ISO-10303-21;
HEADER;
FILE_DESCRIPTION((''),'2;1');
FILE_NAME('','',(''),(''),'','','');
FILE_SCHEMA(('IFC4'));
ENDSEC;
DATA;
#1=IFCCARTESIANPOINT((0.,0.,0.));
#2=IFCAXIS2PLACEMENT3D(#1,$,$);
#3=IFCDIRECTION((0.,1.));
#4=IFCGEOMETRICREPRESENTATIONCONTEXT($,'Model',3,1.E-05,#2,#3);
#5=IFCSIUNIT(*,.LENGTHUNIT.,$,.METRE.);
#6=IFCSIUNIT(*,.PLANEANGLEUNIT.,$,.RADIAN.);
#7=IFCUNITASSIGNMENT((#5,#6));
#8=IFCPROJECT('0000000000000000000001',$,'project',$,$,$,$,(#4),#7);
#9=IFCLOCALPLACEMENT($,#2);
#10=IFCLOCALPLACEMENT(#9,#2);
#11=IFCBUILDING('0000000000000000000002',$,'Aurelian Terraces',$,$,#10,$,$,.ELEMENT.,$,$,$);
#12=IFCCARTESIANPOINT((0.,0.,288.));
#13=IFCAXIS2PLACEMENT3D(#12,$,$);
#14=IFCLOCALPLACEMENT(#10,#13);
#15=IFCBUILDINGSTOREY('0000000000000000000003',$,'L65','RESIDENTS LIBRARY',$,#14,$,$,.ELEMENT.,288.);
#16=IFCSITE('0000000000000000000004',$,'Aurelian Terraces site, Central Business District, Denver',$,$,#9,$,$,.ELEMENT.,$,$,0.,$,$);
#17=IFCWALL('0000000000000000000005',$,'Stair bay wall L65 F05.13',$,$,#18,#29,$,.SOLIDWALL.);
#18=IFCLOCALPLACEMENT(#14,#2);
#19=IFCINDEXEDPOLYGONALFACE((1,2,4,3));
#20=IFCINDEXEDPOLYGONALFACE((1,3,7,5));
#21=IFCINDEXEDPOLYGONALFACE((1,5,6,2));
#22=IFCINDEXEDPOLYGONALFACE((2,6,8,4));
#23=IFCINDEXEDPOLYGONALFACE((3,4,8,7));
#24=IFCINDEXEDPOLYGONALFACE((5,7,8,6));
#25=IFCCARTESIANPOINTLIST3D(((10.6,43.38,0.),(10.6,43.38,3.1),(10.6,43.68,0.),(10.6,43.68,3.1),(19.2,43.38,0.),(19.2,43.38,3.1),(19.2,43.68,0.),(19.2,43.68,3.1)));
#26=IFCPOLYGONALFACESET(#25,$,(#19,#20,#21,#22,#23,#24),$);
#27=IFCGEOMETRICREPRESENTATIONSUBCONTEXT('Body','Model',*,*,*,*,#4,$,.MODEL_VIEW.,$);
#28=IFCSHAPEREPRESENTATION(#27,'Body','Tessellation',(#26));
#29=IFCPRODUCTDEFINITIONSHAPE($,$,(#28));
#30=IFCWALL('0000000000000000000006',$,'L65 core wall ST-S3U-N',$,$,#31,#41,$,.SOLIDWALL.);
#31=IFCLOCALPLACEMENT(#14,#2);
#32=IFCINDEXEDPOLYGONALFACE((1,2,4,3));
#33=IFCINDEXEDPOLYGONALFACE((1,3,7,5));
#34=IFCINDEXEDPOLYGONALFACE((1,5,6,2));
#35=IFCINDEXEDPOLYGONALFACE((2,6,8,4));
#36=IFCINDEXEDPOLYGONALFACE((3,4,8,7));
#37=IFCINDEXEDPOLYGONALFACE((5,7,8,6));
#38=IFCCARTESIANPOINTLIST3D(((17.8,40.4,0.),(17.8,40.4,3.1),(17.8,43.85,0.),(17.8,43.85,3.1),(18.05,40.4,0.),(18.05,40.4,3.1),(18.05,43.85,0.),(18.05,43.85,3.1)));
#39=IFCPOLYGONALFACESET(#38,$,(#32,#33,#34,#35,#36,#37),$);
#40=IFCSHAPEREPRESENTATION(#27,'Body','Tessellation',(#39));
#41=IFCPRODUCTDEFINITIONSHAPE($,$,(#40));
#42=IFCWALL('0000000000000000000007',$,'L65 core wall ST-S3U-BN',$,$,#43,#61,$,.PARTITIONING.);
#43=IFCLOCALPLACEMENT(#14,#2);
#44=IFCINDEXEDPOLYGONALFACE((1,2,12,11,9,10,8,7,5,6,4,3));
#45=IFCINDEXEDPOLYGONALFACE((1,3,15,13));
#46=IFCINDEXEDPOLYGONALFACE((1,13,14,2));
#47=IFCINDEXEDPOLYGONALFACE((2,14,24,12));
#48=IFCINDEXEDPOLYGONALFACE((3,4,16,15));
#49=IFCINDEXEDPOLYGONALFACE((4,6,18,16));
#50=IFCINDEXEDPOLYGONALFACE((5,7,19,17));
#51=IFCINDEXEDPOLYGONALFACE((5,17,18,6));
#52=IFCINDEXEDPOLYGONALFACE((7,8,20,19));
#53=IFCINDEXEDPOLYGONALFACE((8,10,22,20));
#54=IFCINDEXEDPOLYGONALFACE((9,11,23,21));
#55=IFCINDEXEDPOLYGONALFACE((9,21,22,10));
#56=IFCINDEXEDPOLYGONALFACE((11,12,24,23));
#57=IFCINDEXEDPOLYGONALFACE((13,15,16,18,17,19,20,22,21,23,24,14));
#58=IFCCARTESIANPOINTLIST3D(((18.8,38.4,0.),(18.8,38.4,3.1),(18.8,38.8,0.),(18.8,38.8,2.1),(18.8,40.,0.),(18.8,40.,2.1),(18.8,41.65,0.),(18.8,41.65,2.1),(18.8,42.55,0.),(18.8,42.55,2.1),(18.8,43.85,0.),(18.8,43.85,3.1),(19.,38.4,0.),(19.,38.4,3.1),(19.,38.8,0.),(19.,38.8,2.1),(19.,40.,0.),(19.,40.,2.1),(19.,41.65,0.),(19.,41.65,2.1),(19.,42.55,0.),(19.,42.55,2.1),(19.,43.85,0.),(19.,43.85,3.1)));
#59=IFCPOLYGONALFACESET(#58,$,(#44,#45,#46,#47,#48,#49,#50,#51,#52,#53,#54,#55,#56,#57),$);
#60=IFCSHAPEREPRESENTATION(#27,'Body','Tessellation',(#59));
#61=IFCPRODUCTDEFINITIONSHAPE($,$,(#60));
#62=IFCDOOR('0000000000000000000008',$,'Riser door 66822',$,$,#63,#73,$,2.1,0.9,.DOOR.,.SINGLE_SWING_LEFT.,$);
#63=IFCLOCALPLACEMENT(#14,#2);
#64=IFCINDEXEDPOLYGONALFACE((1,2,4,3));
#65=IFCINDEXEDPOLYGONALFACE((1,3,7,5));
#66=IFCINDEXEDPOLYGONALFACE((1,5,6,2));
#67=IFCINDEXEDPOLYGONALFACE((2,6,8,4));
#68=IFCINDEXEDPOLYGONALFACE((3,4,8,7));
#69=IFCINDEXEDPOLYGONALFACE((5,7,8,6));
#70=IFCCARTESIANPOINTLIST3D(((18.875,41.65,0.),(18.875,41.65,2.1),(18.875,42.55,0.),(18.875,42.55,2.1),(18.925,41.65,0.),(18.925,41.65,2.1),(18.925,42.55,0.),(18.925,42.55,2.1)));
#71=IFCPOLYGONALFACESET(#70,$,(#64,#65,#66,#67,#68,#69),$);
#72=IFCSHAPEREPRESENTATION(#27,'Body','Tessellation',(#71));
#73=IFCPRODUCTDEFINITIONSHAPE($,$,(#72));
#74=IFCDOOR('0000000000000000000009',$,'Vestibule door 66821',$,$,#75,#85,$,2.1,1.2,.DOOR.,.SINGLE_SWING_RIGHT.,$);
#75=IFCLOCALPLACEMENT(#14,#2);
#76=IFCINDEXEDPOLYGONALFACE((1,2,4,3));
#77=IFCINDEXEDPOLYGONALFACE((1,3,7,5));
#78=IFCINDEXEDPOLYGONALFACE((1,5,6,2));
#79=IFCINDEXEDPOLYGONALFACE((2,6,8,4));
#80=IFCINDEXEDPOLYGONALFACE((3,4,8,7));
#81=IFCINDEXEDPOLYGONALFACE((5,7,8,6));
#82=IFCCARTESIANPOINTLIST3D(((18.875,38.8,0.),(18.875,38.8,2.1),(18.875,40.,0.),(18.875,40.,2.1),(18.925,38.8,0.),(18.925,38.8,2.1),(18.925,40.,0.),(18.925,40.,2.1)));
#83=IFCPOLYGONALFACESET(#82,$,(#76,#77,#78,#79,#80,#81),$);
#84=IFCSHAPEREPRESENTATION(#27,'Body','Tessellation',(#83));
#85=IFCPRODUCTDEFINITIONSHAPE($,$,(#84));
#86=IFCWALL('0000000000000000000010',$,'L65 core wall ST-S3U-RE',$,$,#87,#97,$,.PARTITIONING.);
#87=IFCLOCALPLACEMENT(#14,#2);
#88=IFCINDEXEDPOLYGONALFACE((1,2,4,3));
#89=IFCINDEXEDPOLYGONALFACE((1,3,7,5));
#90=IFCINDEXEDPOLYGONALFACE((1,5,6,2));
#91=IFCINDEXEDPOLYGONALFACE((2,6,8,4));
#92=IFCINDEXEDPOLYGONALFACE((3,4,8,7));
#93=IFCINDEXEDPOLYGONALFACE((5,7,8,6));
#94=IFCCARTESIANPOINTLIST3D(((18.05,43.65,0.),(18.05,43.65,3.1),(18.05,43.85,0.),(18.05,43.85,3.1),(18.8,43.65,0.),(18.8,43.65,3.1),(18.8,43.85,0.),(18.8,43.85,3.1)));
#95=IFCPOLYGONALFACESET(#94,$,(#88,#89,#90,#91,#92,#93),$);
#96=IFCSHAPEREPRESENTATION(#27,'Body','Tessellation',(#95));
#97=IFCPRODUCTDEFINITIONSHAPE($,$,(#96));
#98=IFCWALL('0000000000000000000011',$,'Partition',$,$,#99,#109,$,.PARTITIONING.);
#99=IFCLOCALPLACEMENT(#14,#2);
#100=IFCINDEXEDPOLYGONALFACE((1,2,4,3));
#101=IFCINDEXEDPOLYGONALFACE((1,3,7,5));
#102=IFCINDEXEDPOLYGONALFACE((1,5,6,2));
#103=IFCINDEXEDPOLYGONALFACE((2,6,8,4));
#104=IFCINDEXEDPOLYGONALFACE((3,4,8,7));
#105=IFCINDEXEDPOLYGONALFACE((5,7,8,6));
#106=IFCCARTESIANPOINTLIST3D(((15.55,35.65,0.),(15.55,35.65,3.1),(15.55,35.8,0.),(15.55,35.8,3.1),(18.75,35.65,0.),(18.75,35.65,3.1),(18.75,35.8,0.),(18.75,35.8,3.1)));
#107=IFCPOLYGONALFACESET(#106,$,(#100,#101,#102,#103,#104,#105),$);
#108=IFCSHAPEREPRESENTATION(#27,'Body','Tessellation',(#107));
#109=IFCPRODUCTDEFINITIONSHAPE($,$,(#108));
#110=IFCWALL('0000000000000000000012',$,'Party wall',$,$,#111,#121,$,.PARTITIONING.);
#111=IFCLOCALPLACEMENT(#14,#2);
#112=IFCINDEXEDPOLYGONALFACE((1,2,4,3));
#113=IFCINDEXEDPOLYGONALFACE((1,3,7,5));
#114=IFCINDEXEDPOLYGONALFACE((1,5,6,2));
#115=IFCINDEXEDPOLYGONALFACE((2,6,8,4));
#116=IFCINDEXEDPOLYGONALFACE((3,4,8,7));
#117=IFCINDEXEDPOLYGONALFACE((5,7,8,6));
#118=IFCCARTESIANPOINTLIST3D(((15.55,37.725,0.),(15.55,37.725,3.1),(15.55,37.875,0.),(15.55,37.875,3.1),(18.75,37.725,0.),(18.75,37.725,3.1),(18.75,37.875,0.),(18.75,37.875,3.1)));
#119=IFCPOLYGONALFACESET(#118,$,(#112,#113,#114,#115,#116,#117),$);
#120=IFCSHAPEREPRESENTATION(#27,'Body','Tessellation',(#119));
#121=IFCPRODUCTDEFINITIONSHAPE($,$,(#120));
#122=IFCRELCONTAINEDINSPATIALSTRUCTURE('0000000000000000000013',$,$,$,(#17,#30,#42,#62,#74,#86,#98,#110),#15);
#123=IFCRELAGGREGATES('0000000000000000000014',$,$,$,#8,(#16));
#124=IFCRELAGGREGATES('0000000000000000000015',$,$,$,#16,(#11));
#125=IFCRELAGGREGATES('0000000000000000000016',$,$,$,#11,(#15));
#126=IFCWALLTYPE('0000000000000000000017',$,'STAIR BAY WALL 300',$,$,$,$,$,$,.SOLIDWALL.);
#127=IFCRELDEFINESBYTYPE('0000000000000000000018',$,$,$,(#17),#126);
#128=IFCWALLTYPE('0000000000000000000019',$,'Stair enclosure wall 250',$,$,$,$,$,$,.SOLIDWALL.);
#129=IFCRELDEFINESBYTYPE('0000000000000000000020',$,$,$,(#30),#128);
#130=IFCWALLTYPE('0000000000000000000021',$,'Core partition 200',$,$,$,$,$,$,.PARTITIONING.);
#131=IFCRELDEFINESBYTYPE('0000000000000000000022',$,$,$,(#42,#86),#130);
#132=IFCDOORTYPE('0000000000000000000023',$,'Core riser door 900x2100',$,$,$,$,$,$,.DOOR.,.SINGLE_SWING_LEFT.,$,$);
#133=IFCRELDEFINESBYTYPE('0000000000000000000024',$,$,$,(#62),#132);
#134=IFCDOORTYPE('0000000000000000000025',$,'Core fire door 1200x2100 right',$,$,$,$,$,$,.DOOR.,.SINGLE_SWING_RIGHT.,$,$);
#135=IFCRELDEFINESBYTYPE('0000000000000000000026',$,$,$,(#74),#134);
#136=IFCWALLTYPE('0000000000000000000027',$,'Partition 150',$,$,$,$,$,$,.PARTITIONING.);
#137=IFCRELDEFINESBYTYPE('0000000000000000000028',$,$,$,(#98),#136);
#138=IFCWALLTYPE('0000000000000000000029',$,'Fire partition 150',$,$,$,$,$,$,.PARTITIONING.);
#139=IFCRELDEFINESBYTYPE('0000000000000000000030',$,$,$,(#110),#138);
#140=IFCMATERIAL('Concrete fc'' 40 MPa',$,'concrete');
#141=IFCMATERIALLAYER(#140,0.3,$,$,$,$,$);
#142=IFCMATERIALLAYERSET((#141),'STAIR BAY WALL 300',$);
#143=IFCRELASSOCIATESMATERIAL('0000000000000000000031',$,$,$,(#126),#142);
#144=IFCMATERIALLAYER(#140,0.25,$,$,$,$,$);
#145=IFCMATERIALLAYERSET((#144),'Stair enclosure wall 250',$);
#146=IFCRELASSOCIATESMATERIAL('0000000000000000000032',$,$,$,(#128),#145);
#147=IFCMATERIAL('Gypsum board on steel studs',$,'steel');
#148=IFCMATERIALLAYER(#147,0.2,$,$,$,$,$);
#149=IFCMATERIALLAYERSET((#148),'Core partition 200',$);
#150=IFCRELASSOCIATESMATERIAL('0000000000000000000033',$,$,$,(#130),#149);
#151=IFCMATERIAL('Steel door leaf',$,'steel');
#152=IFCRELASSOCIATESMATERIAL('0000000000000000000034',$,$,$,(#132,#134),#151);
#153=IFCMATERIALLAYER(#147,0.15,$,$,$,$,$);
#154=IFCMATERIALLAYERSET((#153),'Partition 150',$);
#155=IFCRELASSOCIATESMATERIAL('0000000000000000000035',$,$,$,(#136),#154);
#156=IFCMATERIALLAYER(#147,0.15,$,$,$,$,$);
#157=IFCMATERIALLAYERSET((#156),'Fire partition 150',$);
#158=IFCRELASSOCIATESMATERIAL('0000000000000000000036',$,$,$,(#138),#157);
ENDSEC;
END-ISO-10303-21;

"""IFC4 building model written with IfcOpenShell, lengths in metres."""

from ifc_helpers import new_model, si_unit, direction, frame, frame_2d, origin, place, context, subcontext, project, spatial, rectangle, extrude, source, transform, mapped, material, layer, layer_set, type_object, element, fill, save


model = new_model("IFC4")

# Units and contexts
model_context = context("Model", 3, precision=1e-05, world=origin(), true_north=direction((0.0, 1.0)))
body_context = subcontext(model_context, "Body", "Model", "MODEL_VIEW")
ifc_project = project(units=[si_unit("LENGTHUNIT", "METRE"), si_unit("PLANEANGLEUNIT", "RADIAN")], contexts=[model_context])

# Site, building, storey
site_placement = place(None, origin())
site = spatial("IfcSite", under=ifc_project, at=site_placement, Name="Aurelian Terraces site, Central Business District, Denver", CompositionType="ELEMENT", RefElevation=0.0)
building_placement = place(site_placement, origin())
building = spatial("IfcBuilding", under=site, at=building_placement, Name="Aurelian Terraces", CompositionType="ELEMENT")
storey_placement = place(building_placement, frame((0.0, 0.0, 288.0)))
storey = spatial("IfcBuildingStorey", under=building, at=storey_placement, Name="L65", Description="RESIDENTS LIBRARY", CompositionType="ELEMENT", Elevation=288.0)

# Shared definitions
ifc_material_1 = material(Name="Concrete fc' 40 MPa", Category="concrete")

# Walls
ifc_layer_1 = layer(ifc_material_1, 0.3)
ifc_layer_set_1 = layer_set([ifc_layer_1], Name="STAIR BAY WALL 300")
wall_type_1 = type_object("IfcWallType", Name="STAIR BAY WALL 300", PredefinedType="SOLIDWALL", material=ifc_layer_set_1)
shared_shape_1 = source(origin(), body_context, "Body", "SweptSolid", [
    extrude(rectangle(XDim=8.6, YDim=0.3, at=frame_2d((4.3, 0.0))), origin(), (0.0, 0.0, 1.0), 3.1),
])
wall_1_placement = place(storey_placement, frame((19.2, 43.53, 0.0), z_axis=(0.0, 0.0, 1.0), x_axis=(-1.0, 0.0, 0.0)))
element("IfcWall", 1, at=wall_1_placement, inside=storey, type_object=wall_type_1, Name="Stair bay wall L65 F05.13", PredefinedType="SOLIDWALL", context=body_context, shape_type="MappedRepresentation", body=[
    mapped(shared_shape_1, transform((0.0, 0.0, 0.0), scale=1.0)),
])
ifc_layer_2 = layer(ifc_material_1, 0.25)
ifc_layer_set_2 = layer_set([ifc_layer_2], Name="Stair enclosure wall 250")
wall_type_2 = type_object("IfcWallType", Name="Stair enclosure wall 250", PredefinedType="SOLIDWALL", material=ifc_layer_set_2)
shared_shape_2 = source(origin(), body_context, "Body", "SweptSolid", [
    extrude(rectangle(XDim=3.45, YDim=0.25, at=frame_2d((1.725, 0.0))), origin(), (0.0, 0.0, 1.0), 3.1),
])
wall_2_placement = place(storey_placement, frame((17.925, 40.4, 0.0), z_axis=(0.0, 0.0, 1.0), x_axis=(0.0, 1.0, 0.0)))
element("IfcWall", 2, at=wall_2_placement, inside=storey, type_object=wall_type_2, Name="L65 core wall ST-S3U-N", PredefinedType="SOLIDWALL", context=body_context, shape_type="MappedRepresentation", body=[
    mapped(shared_shape_2, transform((0.0, 0.0, 0.0), scale=1.0)),
])

# Wall, openings, doors
ifc_material_2 = material(Name="Gypsum board on steel studs", Category="steel")
ifc_layer_3 = layer(ifc_material_2, 0.2)
ifc_layer_set_3 = layer_set([ifc_layer_3], Name="Core partition 200")
wall_type_3 = type_object("IfcWallType", Name="Core partition 200", PredefinedType="PARTITIONING", material=ifc_layer_set_3)
shared_shape_3 = source(origin(), body_context, "Body", "SweptSolid", [
    extrude(rectangle(XDim=5.45, YDim=0.2, at=frame_2d((2.725, 0.0))), origin(), (0.0, 0.0, 1.0), 3.1),
])
wall_3_placement = place(storey_placement, frame((18.9, 38.4, 0.0), z_axis=(0.0, 0.0, 1.0), x_axis=(0.0, 1.0, 0.0)))
wall_3 = element("IfcWall", 3, at=wall_3_placement, inside=storey, type_object=wall_type_3, Name="L65 core wall ST-S3U-BN", PredefinedType="PARTITIONING", context=body_context, shape_type="MappedRepresentation", body=[
    mapped(shared_shape_3, transform((0.0, 0.0, 0.0), scale=1.0)),
])
shared_shape_4 = source(origin(), body_context, "Body", "SweptSolid", [
    extrude(rectangle(XDim=1.2, YDim=2.1, at=frame_2d((0.6, 1.05))), frame((0.0, 0.11, 0.0), z_axis=(0.0, -1.0, 0.0), x_axis=(1.0, 0.0, 0.0)), (0.0, 0.0, 1.0), 0.22),
])
opening_1_placement = place(wall_3_placement, frame((0.4, 0.0, 0.0)))
opening_1 = element("IfcOpeningElement", 4, at=opening_1_placement, cuts=wall_3, PredefinedType="OPENING", context=body_context, shape_type="MappedRepresentation", body=[
    mapped(shared_shape_4, transform((0.0, 0.0, 0.0), scale=1.0)),
])
shared_shape_5 = source(origin(), body_context, "Body", "SweptSolid", [
    extrude(rectangle(XDim=0.9, YDim=2.1, at=frame_2d((0.45, 1.05))), frame((0.0, 0.11, 0.0), z_axis=(0.0, -1.0, 0.0), x_axis=(1.0, 0.0, 0.0)), (0.0, 0.0, 1.0), 0.22),
])
opening_2_placement = place(wall_3_placement, frame((3.25, 0.0, 0.0)))
opening_2 = element("IfcOpeningElement", 5, at=opening_2_placement, cuts=wall_3, PredefinedType="OPENING", context=body_context, shape_type="MappedRepresentation", body=[
    mapped(shared_shape_5, transform((0.0, 0.0, 0.0), scale=1.0)),
])
ifc_material_3 = material(Name="Steel door leaf", Category="steel")
door_type_1 = type_object("IfcDoorType", Name="Core riser door 900x2100", OperationType="SINGLE_SWING_LEFT", PredefinedType="DOOR", material=ifc_material_3)
shared_shape_6 = source(origin(), body_context, "Body", "SweptSolid", [
    extrude(rectangle(XDim=0.9, YDim=2.1, at=frame_2d((0.45, 1.05))), frame((0.0, 0.025, 0.0), z_axis=(0.0, -1.0, 0.0), x_axis=(1.0, 0.0, 0.0)), (0.0, 0.0, 1.0), 0.05),
])
door_1_placement = place(opening_2_placement, origin())
door_1 = element("IfcDoor", 6, at=door_1_placement, inside=storey, type_object=door_type_1, Name="Riser door 66822", OperationType="SINGLE_SWING_LEFT", OverallHeight=2.1, OverallWidth=0.9, PredefinedType="DOOR", context=body_context, shape_type="MappedRepresentation", body=[
    mapped(shared_shape_6, transform((0.0, 0.0, 0.0), scale=1.0)),
])
fill(opening_2, door_1)
door_type_2 = type_object("IfcDoorType", Name="Core fire door 1200x2100 right", OperationType="SINGLE_SWING_RIGHT", PredefinedType="DOOR", material=ifc_material_3)
shared_shape_7 = source(origin(), body_context, "Body", "SweptSolid", [
    extrude(rectangle(XDim=1.2, YDim=2.1, at=frame_2d((0.6, 1.05))), frame((0.0, 0.025, 0.0), z_axis=(0.0, -1.0, 0.0), x_axis=(1.0, 0.0, 0.0)), (0.0, 0.0, 1.0), 0.05),
])
door_2_placement = place(opening_1_placement, origin())
door_2 = element("IfcDoor", 7, at=door_2_placement, inside=storey, type_object=door_type_2, Name="Vestibule door 66821", OperationType="SINGLE_SWING_RIGHT", OverallHeight=2.1, OverallWidth=1.2, PredefinedType="DOOR", context=body_context, shape_type="MappedRepresentation", body=[
    mapped(shared_shape_7, transform((0.0, 0.0, 0.0), scale=1.0)),
])
fill(opening_1, door_2)

# Walls
shared_shape_8 = source(origin(), body_context, "Body", "SweptSolid", [
    extrude(rectangle(XDim=0.75, YDim=0.2, at=frame_2d((0.375, 0.0))), origin(), (0.0, 0.0, 1.0), 3.1),
])
wall_4_placement = place(storey_placement, frame((18.05, 43.75, 0.0), z_axis=(0.0, 0.0, 1.0), x_axis=(1.0, 0.0, 0.0)))
element("IfcWall", 8, at=wall_4_placement, inside=storey, type_object=wall_type_3, Name="L65 core wall ST-S3U-RE", PredefinedType="PARTITIONING", context=body_context, shape_type="MappedRepresentation", body=[
    mapped(shared_shape_8, transform((0.0, 0.0, 0.0), scale=1.0)),
])
ifc_layer_4 = layer(ifc_material_2, 0.15)
ifc_layer_set_4 = layer_set([ifc_layer_4], Name="Partition 150")
wall_type_4 = type_object("IfcWallType", Name="Partition 150", PredefinedType="PARTITIONING", material=ifc_layer_set_4)
shared_shape_9 = source(origin(), body_context, "Body", "SweptSolid", [
    extrude(rectangle(XDim=3.2, YDim=0.15, at=frame_2d((1.6, 0.0))), origin(), (0.0, 0.0, 1.0), 3.1),
])
wall_5_placement = place(storey_placement, frame((18.75, 35.725, 0.0), z_axis=(0.0, 0.0, 1.0), x_axis=(-1.0, 0.0, 0.0)))
element("IfcWall", 9, at=wall_5_placement, inside=storey, type_object=wall_type_4, Name="Partition", PredefinedType="PARTITIONING", context=body_context, shape_type="MappedRepresentation", body=[
    mapped(shared_shape_9, transform((0.0, 0.0, 0.0), scale=1.0)),
])
ifc_layer_5 = layer(ifc_material_2, 0.15)
ifc_layer_set_5 = layer_set([ifc_layer_5], Name="Fire partition 150")
wall_type_5 = type_object("IfcWallType", Name="Fire partition 150", PredefinedType="PARTITIONING", material=ifc_layer_set_5)
wall_6_placement = place(storey_placement, frame((18.75, 37.8, 0.0), z_axis=(0.0, 0.0, 1.0), x_axis=(-1.0, 0.0, 0.0)))
element("IfcWall", 10, at=wall_6_placement, inside=storey, type_object=wall_type_5, Name="Party wall", PredefinedType="PARTITIONING", context=body_context, shape_type="MappedRepresentation", body=[
    mapped(shared_shape_9, transform((0.0, 0.0, 0.0), scale=1.0)),
])

save(model, "model.ifc")
